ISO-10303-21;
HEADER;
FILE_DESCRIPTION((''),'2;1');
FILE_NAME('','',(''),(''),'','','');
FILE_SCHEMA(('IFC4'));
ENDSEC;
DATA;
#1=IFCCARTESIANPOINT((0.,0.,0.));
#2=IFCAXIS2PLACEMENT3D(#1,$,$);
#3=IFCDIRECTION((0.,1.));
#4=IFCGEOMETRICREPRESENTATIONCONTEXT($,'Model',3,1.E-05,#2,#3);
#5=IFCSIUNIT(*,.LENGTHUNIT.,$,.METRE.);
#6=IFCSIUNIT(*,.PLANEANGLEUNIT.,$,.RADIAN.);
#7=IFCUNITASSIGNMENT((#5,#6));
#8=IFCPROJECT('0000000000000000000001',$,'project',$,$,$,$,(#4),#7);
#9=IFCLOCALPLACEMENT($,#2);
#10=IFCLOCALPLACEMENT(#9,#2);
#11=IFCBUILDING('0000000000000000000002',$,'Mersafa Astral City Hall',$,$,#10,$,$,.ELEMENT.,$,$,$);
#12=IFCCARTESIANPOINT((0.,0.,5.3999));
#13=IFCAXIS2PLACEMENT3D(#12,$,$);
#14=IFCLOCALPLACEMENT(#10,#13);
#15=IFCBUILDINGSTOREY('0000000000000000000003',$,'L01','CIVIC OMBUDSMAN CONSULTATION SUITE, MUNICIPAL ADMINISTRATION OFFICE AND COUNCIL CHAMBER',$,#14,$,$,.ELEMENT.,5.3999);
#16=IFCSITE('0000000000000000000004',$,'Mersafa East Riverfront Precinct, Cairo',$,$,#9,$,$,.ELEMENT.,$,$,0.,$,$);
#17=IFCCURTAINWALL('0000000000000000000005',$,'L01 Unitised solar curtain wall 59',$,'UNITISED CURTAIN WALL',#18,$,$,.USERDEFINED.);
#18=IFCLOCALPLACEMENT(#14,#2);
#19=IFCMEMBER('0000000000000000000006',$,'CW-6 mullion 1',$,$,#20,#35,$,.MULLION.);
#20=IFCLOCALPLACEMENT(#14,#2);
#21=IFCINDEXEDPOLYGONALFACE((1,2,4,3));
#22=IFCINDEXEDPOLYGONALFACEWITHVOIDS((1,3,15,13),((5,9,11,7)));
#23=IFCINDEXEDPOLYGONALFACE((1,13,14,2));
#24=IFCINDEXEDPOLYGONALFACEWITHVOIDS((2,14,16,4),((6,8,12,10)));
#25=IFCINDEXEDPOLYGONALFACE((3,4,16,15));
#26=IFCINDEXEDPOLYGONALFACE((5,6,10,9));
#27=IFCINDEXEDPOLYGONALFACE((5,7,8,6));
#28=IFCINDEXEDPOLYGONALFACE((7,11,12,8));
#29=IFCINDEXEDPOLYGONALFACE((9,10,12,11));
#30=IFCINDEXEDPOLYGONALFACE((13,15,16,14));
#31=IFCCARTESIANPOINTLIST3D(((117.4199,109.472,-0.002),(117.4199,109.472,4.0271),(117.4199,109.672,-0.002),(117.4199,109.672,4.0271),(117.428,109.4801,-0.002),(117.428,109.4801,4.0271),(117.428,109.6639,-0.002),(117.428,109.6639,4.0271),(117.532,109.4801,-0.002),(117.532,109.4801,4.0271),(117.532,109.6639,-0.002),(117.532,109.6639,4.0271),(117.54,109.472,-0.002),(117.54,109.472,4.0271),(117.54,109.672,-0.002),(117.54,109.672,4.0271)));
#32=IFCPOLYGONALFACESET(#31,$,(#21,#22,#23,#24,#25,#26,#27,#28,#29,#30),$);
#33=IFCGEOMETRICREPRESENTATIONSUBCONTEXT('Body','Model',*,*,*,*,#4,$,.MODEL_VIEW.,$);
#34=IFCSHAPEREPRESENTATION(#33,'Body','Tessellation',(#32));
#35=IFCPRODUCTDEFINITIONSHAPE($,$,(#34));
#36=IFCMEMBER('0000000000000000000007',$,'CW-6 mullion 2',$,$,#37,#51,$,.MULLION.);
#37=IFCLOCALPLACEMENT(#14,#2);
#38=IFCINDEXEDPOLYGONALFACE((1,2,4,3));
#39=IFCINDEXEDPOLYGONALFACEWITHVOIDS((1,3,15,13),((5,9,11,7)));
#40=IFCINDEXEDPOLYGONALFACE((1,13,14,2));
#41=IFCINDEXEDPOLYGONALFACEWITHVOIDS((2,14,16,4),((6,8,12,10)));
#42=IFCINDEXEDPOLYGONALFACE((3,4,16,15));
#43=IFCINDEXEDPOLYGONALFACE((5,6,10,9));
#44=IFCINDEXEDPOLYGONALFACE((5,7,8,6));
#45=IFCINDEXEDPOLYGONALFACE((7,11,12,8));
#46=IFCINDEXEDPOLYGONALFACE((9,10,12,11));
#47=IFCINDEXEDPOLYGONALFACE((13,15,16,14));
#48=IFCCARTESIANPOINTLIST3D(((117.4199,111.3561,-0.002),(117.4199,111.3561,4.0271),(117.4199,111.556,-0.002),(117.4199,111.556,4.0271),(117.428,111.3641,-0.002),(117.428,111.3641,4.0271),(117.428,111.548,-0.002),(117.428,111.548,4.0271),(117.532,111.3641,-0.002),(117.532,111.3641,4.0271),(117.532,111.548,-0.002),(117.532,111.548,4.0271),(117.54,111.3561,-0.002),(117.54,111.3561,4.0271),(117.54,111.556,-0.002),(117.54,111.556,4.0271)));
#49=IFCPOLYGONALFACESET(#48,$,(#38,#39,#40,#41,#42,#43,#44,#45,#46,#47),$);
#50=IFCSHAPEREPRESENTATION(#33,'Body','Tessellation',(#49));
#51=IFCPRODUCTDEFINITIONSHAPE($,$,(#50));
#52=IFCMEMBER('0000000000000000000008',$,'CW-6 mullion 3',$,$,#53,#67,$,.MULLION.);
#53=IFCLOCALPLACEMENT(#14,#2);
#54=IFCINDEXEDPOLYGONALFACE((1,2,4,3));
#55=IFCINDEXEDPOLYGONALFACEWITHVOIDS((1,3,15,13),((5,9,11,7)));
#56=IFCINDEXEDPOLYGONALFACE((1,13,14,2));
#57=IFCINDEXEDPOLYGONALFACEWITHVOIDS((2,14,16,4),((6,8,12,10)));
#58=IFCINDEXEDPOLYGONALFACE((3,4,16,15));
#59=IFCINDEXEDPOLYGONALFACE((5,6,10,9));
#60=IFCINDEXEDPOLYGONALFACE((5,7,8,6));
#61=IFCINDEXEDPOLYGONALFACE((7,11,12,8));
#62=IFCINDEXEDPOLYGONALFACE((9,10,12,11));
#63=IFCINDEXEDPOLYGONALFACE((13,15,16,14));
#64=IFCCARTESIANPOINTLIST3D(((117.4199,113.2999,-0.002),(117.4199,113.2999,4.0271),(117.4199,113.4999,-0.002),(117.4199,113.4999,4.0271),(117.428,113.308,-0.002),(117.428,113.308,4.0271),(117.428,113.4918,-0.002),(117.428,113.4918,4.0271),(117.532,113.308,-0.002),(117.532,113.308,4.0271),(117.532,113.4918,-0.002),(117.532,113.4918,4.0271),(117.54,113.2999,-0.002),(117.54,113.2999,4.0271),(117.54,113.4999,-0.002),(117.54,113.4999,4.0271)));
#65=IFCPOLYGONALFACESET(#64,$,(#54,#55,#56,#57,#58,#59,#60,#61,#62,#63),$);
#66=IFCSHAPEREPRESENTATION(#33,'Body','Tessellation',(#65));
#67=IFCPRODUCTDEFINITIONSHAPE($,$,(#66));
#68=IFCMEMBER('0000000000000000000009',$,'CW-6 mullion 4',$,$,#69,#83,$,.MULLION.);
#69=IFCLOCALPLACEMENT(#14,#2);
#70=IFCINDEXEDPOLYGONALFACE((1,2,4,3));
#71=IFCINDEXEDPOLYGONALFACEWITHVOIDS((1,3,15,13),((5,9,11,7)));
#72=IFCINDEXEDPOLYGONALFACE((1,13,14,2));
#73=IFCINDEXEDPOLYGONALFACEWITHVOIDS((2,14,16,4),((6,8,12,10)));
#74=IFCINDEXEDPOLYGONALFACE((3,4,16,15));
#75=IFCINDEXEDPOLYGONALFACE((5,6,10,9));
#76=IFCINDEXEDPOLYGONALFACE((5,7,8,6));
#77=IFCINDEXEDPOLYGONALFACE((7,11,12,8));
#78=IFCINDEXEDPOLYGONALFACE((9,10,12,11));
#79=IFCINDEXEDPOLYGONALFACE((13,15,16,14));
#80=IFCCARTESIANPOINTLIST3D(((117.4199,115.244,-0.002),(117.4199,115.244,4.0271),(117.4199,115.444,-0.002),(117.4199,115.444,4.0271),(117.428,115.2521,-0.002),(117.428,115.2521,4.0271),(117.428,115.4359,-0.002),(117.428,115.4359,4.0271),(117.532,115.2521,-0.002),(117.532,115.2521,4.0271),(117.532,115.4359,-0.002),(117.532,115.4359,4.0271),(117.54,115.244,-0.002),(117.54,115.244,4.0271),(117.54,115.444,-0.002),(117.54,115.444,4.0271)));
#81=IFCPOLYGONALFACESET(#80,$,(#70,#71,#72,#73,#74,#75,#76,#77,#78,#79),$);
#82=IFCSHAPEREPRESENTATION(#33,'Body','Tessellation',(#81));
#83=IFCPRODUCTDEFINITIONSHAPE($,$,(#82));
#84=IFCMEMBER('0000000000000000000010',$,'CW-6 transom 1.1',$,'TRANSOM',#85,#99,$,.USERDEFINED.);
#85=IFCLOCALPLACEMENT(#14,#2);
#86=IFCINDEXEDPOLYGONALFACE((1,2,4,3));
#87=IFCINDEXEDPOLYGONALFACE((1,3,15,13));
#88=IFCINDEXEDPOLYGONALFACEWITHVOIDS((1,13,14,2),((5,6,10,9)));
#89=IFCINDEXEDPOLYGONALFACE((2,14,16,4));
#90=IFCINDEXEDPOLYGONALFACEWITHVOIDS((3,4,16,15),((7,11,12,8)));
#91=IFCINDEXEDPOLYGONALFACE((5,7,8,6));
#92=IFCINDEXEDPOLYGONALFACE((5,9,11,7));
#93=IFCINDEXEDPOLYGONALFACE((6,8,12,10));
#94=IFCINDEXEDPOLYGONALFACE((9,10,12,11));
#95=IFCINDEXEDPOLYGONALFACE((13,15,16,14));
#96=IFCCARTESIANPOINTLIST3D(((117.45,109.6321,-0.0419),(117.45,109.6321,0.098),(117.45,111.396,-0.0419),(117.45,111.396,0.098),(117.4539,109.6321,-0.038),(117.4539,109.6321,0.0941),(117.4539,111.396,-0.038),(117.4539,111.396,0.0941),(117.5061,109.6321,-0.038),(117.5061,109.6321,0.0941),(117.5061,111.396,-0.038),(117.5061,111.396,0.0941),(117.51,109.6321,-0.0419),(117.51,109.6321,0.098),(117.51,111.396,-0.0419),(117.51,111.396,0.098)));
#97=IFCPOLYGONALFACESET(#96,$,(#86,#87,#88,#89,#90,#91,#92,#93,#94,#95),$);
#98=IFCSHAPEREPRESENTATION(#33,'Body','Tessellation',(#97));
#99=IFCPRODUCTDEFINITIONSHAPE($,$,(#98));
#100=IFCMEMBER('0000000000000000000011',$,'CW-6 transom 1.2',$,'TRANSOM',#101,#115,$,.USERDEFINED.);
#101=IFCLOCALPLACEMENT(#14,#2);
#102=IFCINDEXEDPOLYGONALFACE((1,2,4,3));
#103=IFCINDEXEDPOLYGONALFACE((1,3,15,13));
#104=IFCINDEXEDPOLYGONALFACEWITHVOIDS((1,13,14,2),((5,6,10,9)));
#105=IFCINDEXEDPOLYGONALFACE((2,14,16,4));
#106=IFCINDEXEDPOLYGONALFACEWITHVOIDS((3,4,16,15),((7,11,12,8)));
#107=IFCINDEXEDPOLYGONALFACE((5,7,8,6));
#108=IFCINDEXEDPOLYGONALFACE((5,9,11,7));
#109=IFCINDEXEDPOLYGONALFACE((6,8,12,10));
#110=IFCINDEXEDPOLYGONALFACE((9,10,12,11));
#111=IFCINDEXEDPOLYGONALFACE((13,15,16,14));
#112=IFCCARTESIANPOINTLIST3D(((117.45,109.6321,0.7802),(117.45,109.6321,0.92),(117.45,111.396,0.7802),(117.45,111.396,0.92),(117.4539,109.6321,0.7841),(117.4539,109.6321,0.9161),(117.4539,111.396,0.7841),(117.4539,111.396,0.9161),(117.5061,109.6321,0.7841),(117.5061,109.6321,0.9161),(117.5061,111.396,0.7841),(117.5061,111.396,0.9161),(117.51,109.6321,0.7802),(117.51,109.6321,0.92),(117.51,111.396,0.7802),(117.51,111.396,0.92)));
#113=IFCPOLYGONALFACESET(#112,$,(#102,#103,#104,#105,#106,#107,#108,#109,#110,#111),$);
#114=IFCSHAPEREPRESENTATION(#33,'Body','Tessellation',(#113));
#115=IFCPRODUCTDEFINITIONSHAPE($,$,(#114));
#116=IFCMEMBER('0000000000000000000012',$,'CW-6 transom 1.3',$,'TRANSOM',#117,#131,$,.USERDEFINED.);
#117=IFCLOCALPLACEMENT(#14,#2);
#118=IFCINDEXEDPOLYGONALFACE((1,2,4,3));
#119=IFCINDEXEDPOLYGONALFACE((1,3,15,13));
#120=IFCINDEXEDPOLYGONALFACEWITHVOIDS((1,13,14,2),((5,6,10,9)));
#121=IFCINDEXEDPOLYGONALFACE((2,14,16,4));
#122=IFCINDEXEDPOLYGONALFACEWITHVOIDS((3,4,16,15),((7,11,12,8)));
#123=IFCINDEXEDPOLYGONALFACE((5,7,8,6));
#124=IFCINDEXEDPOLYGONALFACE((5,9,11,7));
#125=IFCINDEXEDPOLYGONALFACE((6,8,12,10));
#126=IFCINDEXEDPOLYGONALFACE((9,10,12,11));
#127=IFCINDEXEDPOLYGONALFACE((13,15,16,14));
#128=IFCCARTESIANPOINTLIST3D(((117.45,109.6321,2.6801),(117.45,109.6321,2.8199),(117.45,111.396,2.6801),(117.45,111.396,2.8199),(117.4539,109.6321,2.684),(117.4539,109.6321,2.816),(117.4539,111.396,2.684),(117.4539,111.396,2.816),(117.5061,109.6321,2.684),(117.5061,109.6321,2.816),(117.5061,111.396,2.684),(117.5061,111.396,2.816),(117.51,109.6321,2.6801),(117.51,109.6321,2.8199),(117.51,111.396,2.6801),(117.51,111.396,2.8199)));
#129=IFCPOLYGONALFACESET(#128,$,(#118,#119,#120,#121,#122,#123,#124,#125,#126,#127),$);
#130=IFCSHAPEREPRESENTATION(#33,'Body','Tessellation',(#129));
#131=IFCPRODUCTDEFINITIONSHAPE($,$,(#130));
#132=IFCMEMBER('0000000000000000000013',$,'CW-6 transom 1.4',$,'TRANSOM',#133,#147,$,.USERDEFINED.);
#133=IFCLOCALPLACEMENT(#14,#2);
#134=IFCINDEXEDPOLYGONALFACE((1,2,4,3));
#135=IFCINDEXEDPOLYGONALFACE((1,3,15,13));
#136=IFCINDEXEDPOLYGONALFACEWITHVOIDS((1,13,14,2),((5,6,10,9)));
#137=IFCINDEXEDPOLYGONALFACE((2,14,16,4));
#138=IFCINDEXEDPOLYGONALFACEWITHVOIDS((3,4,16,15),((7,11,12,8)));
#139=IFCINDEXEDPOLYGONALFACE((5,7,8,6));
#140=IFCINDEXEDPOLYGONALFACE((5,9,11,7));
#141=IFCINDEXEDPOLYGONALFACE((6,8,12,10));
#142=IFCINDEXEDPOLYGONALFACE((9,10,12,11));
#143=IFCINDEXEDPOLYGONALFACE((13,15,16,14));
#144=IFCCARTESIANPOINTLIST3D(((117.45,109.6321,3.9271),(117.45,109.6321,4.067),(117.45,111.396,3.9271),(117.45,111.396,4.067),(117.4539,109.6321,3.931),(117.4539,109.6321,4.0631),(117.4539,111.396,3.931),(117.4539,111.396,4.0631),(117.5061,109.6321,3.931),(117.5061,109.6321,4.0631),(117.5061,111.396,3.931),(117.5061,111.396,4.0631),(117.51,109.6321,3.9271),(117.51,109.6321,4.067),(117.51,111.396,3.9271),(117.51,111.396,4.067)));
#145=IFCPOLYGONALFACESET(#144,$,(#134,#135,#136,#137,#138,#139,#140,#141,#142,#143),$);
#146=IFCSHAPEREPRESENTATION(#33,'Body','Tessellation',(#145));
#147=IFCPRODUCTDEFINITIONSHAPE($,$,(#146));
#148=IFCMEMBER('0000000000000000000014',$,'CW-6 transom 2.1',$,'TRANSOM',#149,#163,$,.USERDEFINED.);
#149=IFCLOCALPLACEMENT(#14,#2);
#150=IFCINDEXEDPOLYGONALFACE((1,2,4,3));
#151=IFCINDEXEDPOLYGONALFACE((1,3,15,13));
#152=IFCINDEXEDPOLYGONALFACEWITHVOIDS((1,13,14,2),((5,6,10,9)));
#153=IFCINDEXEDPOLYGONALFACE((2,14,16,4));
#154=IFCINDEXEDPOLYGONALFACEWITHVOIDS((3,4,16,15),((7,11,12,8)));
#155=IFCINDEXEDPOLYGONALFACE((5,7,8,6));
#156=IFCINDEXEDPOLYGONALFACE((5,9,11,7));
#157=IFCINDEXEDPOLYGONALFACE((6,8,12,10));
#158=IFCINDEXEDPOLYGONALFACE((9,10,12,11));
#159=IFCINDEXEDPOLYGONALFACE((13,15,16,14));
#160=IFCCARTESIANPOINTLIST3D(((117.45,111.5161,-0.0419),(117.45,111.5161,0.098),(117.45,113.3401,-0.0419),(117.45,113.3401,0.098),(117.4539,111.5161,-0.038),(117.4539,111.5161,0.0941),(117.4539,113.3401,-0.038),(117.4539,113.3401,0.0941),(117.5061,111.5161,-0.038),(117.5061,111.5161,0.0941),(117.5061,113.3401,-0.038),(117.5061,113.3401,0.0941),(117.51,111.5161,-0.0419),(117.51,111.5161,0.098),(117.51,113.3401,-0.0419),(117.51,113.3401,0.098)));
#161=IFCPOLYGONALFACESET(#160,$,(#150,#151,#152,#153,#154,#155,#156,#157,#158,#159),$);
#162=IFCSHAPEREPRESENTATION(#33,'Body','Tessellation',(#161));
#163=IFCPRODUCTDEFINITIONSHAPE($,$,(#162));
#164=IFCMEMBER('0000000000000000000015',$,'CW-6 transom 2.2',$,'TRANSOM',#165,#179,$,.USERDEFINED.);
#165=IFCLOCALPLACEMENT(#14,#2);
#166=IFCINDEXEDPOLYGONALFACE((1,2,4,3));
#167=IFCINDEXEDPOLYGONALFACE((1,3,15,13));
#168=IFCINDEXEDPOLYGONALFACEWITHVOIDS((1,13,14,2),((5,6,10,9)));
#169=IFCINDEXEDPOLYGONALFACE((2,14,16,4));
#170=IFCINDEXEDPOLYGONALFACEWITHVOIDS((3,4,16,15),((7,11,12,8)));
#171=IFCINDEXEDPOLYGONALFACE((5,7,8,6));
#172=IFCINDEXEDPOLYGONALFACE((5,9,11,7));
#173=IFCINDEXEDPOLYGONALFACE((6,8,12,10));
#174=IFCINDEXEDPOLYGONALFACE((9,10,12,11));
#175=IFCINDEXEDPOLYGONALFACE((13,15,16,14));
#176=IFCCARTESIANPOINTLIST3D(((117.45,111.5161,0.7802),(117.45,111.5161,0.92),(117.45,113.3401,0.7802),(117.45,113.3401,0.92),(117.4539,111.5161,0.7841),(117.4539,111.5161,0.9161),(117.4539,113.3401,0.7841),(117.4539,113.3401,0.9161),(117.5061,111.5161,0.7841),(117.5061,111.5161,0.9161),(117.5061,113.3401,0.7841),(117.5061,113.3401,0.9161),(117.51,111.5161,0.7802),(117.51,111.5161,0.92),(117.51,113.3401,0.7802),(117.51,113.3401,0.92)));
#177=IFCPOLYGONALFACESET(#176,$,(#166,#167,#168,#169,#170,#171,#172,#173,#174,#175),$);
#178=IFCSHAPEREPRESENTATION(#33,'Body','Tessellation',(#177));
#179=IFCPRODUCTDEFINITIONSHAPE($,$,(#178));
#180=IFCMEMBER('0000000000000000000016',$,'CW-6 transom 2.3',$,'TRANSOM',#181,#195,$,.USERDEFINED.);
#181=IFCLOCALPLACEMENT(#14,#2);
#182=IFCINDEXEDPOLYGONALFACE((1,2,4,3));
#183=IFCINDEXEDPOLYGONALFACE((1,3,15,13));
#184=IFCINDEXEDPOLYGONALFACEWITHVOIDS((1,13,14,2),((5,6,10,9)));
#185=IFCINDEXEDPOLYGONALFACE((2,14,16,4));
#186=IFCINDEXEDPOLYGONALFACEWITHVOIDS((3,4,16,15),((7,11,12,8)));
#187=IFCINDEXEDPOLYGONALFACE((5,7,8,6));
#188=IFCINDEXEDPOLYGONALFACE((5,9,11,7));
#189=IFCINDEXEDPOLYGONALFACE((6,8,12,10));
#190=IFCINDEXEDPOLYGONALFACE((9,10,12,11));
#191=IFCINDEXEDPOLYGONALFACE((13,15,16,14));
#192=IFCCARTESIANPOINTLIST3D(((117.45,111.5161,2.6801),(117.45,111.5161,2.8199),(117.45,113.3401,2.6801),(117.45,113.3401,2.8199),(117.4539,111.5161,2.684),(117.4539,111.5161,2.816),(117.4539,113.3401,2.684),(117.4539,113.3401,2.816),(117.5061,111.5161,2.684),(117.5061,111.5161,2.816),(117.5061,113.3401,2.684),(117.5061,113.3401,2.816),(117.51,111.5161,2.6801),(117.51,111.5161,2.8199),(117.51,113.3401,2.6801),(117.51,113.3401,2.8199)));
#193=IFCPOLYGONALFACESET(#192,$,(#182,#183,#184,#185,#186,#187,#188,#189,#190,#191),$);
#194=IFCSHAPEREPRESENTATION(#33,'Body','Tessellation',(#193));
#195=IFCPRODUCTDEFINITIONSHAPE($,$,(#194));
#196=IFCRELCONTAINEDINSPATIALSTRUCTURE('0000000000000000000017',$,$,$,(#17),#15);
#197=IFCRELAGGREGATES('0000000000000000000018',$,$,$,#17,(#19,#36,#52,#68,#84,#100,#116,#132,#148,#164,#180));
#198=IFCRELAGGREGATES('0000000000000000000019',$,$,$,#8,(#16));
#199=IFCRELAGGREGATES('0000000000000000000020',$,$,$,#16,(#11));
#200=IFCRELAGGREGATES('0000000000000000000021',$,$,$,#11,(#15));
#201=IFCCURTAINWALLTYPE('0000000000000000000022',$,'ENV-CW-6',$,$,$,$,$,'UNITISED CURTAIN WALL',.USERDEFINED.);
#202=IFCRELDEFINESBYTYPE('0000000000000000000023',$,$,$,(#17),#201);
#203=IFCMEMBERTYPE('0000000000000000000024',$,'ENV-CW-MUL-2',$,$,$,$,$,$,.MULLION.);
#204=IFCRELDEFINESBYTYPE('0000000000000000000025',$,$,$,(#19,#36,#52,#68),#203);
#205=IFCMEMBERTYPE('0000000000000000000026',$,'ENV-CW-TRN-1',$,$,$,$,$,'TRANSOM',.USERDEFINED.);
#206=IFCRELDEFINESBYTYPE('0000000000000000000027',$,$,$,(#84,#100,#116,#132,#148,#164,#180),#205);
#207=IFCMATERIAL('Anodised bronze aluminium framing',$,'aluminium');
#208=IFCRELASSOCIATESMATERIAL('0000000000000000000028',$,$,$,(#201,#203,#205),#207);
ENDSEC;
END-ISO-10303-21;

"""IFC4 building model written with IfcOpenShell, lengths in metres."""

from ifc_helpers import new_model, si_unit, direction, frame, origin, origin_2d, place, context, subcontext, project, spatial, hollow_rectangle, extrude, material, material_profile, profile_set, type_object, element, aggregate, save


model = new_model("IFC4")

# Units and contexts
model_context = context("Model", 3, precision=1e-05, world=origin(), true_north=direction((0.0, 1.0)))
body_context = subcontext(model_context, "Body", "Model", "MODEL_VIEW")
ifc_project = project(units=[si_unit("LENGTHUNIT", "METRE"), si_unit("PLANEANGLEUNIT", "RADIAN")], contexts=[model_context])

# Site, building, storey
site_placement = place(None, origin())
site = spatial("IfcSite", under=ifc_project, at=site_placement, Name="Mersafa East Riverfront Precinct, Cairo", CompositionType="ELEMENT", RefElevation=0.0)
building_placement = place(site_placement, origin())
building = spatial("IfcBuilding", under=site, at=building_placement, Name="Mersafa Astral City Hall", CompositionType="ELEMENT")
storey_placement = place(building_placement, frame((0.0, 0.0, 5.3999)))
storey = spatial("IfcBuildingStorey", under=building, at=storey_placement, Name="L01", Description="CIVIC OMBUDSMAN CONSULTATION SUITE, MUNICIPAL ADMINISTRATION OFFICE AND COUNCIL CHAMBER", CompositionType="ELEMENT", Elevation=5.3999)

# Curtain wall, members
ifc_material_1 = material(Name="Anodised bronze aluminium framing", Category="aluminium")
curtain_wall_type = type_object("IfcCurtainWallType", Name="ENV-CW-6", ElementType="UNITISED CURTAIN WALL", PredefinedType="USERDEFINED", material=ifc_material_1)
curtain_wall_placement = place(storey_placement, origin())
curtain_wall = element("IfcCurtainWall", 1, at=curtain_wall_placement, inside=storey, type_object=curtain_wall_type, Name="L01 Unitised solar curtain wall 59", ObjectType="UNITISED CURTAIN WALL", PredefinedType="USERDEFINED")
ifc_material_profile_1 = material_profile(ifc_material_1, hollow_rectangle(XDim=0.1201, YDim=0.2, WallThickness=0.0081, at=origin_2d()), Name="RHS 120x200x8")
ifc_profile_set_1 = profile_set([ifc_material_profile_1], Name="Anodised bronze aluminium framing")
member_type_1 = type_object("IfcMemberType", Name="ENV-CW-MUL-2", PredefinedType="MULLION", material=ifc_profile_set_1)
member_1_placement = place(storey_placement, frame((117.48, 109.572, -0.002), z_axis=(0.0, 0.0, 1.0), x_axis=(-1.0, 0.0, 0.0)))
member_1 = element("IfcMember", 2, at=member_1_placement, type_object=member_type_1, Name="CW-6 mullion 1", PredefinedType="MULLION", context=body_context, shape_type="SweptSolid", body=[
    extrude(hollow_rectangle(XDim=0.1201, YDim=0.2, WallThickness=0.0081, at=origin_2d()), origin(), (0.0, 0.0, 1.0), 4.0291),
])
member_2_placement = place(storey_placement, frame((117.48, 111.4561, -0.002), z_axis=(0.0, 0.0, 1.0), x_axis=(-1.0, 0.0, 0.0)))
member_2 = element("IfcMember", 3, at=member_2_placement, type_object=member_type_1, Name="CW-6 mullion 2", PredefinedType="MULLION", context=body_context, shape_type="SweptSolid", body=[
    extrude(hollow_rectangle(XDim=0.1201, YDim=0.2, WallThickness=0.0081, at=origin_2d()), origin(), (0.0, 0.0, 1.0), 4.0291),
])
member_3_placement = place(storey_placement, frame((117.48, 113.3999, -0.002), z_axis=(0.0, 0.0, 1.0), x_axis=(-1.0, 0.0, 0.0)))
member_3 = element("IfcMember", 4, at=member_3_placement, type_object=member_type_1, Name="CW-6 mullion 3", PredefinedType="MULLION", context=body_context, shape_type="SweptSolid", body=[
    extrude(hollow_rectangle(XDim=0.1201, YDim=0.2, WallThickness=0.0081, at=origin_2d()), origin(), (0.0, 0.0, 1.0), 4.0291),
])
member_4_placement = place(storey_placement, frame((117.48, 115.344, -0.002), z_axis=(0.0, 0.0, 1.0), x_axis=(-1.0, 0.0, 0.0)))
member_4 = element("IfcMember", 5, at=member_4_placement, type_object=member_type_1, Name="CW-6 mullion 4", PredefinedType="MULLION", context=body_context, shape_type="SweptSolid", body=[
    extrude(hollow_rectangle(XDim=0.1201, YDim=0.2, WallThickness=0.0081, at=origin_2d()), origin(), (0.0, 0.0, 1.0), 4.0291),
])
ifc_material_profile_2 = material_profile(ifc_material_1, hollow_rectangle(XDim=0.0601, YDim=0.1399, WallThickness=0.0039, at=origin_2d()), Name="RHS 60x140x4")
ifc_profile_set_2 = profile_set([ifc_material_profile_2], Name="Anodised bronze aluminium framing")
member_type_2 = type_object("IfcMemberType", Name="ENV-CW-TRN-1", ElementType="TRANSOM", PredefinedType="USERDEFINED", material=ifc_profile_set_2)
member_5_placement = place(storey_placement, frame((117.48, 109.6321, 0.0281), z_axis=(0.0, 1.0, 0.0), x_axis=(-1.0, 0.0, 0.0)))
member_5 = element("IfcMember", 6, at=member_5_placement, type_object=member_type_2, Name="CW-6 transom 1.1", ObjectType="TRANSOM", PredefinedType="USERDEFINED", context=body_context, shape_type="SweptSolid", body=[
    extrude(hollow_rectangle(XDim=0.0601, YDim=0.1399, WallThickness=0.0039, at=origin_2d()), origin(), (0.0, 0.0, 1.0), 1.7639),
])
member_6_placement = place(storey_placement, frame((117.48, 109.6321, 0.8501), z_axis=(0.0, 1.0, 0.0), x_axis=(-1.0, 0.0, 0.0)))
member_6 = element("IfcMember", 7, at=member_6_placement, type_object=member_type_2, Name="CW-6 transom 1.2", ObjectType="TRANSOM", PredefinedType="USERDEFINED", context=body_context, shape_type="SweptSolid", body=[
    extrude(hollow_rectangle(XDim=0.0601, YDim=0.1399, WallThickness=0.0039, at=origin_2d()), origin(), (0.0, 0.0, 1.0), 1.7639),
])
member_7_placement = place(storey_placement, frame((117.48, 109.6321, 2.75), z_axis=(0.0, 1.0, 0.0), x_axis=(-1.0, 0.0, 0.0)))
member_7 = element("IfcMember", 8, at=member_7_placement, type_object=member_type_2, Name="CW-6 transom 1.3", ObjectType="TRANSOM", PredefinedType="USERDEFINED", context=body_context, shape_type="SweptSolid", body=[
    extrude(hollow_rectangle(XDim=0.0601, YDim=0.1399, WallThickness=0.0039, at=origin_2d()), origin(), (0.0, 0.0, 1.0), 1.7639),
])
member_8_placement = place(storey_placement, frame((117.48, 109.6321, 3.9971), z_axis=(0.0, 1.0, 0.0), x_axis=(-1.0, 0.0, 0.0)))
member_8 = element("IfcMember", 9, at=member_8_placement, type_object=member_type_2, Name="CW-6 transom 1.4", ObjectType="TRANSOM", PredefinedType="USERDEFINED", context=body_context, shape_type="SweptSolid", body=[
    extrude(hollow_rectangle(XDim=0.0601, YDim=0.1399, WallThickness=0.0039, at=origin_2d()), origin(), (0.0, 0.0, 1.0), 1.7639),
])
member_9_placement = place(storey_placement, frame((117.48, 111.5161, 0.0281), z_axis=(0.0, 1.0, 0.0), x_axis=(-1.0, 0.0, 0.0)))
member_9 = element("IfcMember", 10, at=member_9_placement, type_object=member_type_2, Name="CW-6 transom 2.1", ObjectType="TRANSOM", PredefinedType="USERDEFINED", context=body_context, shape_type="SweptSolid", body=[
    extrude(hollow_rectangle(XDim=0.0601, YDim=0.1399, WallThickness=0.0039, at=origin_2d()), origin(), (0.0, 0.0, 1.0), 1.824),
])
member_10_placement = place(storey_placement, frame((117.48, 111.5161, 0.8501), z_axis=(0.0, 1.0, 0.0), x_axis=(-1.0, 0.0, 0.0)))
member_10 = element("IfcMember", 11, at=member_10_placement, type_object=member_type_2, Name="CW-6 transom 2.2", ObjectType="TRANSOM", PredefinedType="USERDEFINED", context=body_context, shape_type="SweptSolid", body=[
    extrude(hollow_rectangle(XDim=0.0601, YDim=0.1399, WallThickness=0.0039, at=origin_2d()), origin(), (0.0, 0.0, 1.0), 1.824),
])
member_11_placement = place(storey_placement, frame((117.48, 111.5161, 2.75), z_axis=(0.0, 1.0, 0.0), x_axis=(-1.0, 0.0, 0.0)))
member_11 = element("IfcMember", 12, at=member_11_placement, type_object=member_type_2, Name="CW-6 transom 2.3", ObjectType="TRANSOM", PredefinedType="USERDEFINED", context=body_context, shape_type="SweptSolid", body=[
    extrude(hollow_rectangle(XDim=0.0601, YDim=0.1399, WallThickness=0.0039, at=origin_2d()), origin(), (0.0, 0.0, 1.0), 1.824),
])
aggregate(curtain_wall, [member_1, member_2, member_3, member_4, member_5, member_6, member_7, member_8, member_9, member_10, member_11])

save(model, "model.ifc")
